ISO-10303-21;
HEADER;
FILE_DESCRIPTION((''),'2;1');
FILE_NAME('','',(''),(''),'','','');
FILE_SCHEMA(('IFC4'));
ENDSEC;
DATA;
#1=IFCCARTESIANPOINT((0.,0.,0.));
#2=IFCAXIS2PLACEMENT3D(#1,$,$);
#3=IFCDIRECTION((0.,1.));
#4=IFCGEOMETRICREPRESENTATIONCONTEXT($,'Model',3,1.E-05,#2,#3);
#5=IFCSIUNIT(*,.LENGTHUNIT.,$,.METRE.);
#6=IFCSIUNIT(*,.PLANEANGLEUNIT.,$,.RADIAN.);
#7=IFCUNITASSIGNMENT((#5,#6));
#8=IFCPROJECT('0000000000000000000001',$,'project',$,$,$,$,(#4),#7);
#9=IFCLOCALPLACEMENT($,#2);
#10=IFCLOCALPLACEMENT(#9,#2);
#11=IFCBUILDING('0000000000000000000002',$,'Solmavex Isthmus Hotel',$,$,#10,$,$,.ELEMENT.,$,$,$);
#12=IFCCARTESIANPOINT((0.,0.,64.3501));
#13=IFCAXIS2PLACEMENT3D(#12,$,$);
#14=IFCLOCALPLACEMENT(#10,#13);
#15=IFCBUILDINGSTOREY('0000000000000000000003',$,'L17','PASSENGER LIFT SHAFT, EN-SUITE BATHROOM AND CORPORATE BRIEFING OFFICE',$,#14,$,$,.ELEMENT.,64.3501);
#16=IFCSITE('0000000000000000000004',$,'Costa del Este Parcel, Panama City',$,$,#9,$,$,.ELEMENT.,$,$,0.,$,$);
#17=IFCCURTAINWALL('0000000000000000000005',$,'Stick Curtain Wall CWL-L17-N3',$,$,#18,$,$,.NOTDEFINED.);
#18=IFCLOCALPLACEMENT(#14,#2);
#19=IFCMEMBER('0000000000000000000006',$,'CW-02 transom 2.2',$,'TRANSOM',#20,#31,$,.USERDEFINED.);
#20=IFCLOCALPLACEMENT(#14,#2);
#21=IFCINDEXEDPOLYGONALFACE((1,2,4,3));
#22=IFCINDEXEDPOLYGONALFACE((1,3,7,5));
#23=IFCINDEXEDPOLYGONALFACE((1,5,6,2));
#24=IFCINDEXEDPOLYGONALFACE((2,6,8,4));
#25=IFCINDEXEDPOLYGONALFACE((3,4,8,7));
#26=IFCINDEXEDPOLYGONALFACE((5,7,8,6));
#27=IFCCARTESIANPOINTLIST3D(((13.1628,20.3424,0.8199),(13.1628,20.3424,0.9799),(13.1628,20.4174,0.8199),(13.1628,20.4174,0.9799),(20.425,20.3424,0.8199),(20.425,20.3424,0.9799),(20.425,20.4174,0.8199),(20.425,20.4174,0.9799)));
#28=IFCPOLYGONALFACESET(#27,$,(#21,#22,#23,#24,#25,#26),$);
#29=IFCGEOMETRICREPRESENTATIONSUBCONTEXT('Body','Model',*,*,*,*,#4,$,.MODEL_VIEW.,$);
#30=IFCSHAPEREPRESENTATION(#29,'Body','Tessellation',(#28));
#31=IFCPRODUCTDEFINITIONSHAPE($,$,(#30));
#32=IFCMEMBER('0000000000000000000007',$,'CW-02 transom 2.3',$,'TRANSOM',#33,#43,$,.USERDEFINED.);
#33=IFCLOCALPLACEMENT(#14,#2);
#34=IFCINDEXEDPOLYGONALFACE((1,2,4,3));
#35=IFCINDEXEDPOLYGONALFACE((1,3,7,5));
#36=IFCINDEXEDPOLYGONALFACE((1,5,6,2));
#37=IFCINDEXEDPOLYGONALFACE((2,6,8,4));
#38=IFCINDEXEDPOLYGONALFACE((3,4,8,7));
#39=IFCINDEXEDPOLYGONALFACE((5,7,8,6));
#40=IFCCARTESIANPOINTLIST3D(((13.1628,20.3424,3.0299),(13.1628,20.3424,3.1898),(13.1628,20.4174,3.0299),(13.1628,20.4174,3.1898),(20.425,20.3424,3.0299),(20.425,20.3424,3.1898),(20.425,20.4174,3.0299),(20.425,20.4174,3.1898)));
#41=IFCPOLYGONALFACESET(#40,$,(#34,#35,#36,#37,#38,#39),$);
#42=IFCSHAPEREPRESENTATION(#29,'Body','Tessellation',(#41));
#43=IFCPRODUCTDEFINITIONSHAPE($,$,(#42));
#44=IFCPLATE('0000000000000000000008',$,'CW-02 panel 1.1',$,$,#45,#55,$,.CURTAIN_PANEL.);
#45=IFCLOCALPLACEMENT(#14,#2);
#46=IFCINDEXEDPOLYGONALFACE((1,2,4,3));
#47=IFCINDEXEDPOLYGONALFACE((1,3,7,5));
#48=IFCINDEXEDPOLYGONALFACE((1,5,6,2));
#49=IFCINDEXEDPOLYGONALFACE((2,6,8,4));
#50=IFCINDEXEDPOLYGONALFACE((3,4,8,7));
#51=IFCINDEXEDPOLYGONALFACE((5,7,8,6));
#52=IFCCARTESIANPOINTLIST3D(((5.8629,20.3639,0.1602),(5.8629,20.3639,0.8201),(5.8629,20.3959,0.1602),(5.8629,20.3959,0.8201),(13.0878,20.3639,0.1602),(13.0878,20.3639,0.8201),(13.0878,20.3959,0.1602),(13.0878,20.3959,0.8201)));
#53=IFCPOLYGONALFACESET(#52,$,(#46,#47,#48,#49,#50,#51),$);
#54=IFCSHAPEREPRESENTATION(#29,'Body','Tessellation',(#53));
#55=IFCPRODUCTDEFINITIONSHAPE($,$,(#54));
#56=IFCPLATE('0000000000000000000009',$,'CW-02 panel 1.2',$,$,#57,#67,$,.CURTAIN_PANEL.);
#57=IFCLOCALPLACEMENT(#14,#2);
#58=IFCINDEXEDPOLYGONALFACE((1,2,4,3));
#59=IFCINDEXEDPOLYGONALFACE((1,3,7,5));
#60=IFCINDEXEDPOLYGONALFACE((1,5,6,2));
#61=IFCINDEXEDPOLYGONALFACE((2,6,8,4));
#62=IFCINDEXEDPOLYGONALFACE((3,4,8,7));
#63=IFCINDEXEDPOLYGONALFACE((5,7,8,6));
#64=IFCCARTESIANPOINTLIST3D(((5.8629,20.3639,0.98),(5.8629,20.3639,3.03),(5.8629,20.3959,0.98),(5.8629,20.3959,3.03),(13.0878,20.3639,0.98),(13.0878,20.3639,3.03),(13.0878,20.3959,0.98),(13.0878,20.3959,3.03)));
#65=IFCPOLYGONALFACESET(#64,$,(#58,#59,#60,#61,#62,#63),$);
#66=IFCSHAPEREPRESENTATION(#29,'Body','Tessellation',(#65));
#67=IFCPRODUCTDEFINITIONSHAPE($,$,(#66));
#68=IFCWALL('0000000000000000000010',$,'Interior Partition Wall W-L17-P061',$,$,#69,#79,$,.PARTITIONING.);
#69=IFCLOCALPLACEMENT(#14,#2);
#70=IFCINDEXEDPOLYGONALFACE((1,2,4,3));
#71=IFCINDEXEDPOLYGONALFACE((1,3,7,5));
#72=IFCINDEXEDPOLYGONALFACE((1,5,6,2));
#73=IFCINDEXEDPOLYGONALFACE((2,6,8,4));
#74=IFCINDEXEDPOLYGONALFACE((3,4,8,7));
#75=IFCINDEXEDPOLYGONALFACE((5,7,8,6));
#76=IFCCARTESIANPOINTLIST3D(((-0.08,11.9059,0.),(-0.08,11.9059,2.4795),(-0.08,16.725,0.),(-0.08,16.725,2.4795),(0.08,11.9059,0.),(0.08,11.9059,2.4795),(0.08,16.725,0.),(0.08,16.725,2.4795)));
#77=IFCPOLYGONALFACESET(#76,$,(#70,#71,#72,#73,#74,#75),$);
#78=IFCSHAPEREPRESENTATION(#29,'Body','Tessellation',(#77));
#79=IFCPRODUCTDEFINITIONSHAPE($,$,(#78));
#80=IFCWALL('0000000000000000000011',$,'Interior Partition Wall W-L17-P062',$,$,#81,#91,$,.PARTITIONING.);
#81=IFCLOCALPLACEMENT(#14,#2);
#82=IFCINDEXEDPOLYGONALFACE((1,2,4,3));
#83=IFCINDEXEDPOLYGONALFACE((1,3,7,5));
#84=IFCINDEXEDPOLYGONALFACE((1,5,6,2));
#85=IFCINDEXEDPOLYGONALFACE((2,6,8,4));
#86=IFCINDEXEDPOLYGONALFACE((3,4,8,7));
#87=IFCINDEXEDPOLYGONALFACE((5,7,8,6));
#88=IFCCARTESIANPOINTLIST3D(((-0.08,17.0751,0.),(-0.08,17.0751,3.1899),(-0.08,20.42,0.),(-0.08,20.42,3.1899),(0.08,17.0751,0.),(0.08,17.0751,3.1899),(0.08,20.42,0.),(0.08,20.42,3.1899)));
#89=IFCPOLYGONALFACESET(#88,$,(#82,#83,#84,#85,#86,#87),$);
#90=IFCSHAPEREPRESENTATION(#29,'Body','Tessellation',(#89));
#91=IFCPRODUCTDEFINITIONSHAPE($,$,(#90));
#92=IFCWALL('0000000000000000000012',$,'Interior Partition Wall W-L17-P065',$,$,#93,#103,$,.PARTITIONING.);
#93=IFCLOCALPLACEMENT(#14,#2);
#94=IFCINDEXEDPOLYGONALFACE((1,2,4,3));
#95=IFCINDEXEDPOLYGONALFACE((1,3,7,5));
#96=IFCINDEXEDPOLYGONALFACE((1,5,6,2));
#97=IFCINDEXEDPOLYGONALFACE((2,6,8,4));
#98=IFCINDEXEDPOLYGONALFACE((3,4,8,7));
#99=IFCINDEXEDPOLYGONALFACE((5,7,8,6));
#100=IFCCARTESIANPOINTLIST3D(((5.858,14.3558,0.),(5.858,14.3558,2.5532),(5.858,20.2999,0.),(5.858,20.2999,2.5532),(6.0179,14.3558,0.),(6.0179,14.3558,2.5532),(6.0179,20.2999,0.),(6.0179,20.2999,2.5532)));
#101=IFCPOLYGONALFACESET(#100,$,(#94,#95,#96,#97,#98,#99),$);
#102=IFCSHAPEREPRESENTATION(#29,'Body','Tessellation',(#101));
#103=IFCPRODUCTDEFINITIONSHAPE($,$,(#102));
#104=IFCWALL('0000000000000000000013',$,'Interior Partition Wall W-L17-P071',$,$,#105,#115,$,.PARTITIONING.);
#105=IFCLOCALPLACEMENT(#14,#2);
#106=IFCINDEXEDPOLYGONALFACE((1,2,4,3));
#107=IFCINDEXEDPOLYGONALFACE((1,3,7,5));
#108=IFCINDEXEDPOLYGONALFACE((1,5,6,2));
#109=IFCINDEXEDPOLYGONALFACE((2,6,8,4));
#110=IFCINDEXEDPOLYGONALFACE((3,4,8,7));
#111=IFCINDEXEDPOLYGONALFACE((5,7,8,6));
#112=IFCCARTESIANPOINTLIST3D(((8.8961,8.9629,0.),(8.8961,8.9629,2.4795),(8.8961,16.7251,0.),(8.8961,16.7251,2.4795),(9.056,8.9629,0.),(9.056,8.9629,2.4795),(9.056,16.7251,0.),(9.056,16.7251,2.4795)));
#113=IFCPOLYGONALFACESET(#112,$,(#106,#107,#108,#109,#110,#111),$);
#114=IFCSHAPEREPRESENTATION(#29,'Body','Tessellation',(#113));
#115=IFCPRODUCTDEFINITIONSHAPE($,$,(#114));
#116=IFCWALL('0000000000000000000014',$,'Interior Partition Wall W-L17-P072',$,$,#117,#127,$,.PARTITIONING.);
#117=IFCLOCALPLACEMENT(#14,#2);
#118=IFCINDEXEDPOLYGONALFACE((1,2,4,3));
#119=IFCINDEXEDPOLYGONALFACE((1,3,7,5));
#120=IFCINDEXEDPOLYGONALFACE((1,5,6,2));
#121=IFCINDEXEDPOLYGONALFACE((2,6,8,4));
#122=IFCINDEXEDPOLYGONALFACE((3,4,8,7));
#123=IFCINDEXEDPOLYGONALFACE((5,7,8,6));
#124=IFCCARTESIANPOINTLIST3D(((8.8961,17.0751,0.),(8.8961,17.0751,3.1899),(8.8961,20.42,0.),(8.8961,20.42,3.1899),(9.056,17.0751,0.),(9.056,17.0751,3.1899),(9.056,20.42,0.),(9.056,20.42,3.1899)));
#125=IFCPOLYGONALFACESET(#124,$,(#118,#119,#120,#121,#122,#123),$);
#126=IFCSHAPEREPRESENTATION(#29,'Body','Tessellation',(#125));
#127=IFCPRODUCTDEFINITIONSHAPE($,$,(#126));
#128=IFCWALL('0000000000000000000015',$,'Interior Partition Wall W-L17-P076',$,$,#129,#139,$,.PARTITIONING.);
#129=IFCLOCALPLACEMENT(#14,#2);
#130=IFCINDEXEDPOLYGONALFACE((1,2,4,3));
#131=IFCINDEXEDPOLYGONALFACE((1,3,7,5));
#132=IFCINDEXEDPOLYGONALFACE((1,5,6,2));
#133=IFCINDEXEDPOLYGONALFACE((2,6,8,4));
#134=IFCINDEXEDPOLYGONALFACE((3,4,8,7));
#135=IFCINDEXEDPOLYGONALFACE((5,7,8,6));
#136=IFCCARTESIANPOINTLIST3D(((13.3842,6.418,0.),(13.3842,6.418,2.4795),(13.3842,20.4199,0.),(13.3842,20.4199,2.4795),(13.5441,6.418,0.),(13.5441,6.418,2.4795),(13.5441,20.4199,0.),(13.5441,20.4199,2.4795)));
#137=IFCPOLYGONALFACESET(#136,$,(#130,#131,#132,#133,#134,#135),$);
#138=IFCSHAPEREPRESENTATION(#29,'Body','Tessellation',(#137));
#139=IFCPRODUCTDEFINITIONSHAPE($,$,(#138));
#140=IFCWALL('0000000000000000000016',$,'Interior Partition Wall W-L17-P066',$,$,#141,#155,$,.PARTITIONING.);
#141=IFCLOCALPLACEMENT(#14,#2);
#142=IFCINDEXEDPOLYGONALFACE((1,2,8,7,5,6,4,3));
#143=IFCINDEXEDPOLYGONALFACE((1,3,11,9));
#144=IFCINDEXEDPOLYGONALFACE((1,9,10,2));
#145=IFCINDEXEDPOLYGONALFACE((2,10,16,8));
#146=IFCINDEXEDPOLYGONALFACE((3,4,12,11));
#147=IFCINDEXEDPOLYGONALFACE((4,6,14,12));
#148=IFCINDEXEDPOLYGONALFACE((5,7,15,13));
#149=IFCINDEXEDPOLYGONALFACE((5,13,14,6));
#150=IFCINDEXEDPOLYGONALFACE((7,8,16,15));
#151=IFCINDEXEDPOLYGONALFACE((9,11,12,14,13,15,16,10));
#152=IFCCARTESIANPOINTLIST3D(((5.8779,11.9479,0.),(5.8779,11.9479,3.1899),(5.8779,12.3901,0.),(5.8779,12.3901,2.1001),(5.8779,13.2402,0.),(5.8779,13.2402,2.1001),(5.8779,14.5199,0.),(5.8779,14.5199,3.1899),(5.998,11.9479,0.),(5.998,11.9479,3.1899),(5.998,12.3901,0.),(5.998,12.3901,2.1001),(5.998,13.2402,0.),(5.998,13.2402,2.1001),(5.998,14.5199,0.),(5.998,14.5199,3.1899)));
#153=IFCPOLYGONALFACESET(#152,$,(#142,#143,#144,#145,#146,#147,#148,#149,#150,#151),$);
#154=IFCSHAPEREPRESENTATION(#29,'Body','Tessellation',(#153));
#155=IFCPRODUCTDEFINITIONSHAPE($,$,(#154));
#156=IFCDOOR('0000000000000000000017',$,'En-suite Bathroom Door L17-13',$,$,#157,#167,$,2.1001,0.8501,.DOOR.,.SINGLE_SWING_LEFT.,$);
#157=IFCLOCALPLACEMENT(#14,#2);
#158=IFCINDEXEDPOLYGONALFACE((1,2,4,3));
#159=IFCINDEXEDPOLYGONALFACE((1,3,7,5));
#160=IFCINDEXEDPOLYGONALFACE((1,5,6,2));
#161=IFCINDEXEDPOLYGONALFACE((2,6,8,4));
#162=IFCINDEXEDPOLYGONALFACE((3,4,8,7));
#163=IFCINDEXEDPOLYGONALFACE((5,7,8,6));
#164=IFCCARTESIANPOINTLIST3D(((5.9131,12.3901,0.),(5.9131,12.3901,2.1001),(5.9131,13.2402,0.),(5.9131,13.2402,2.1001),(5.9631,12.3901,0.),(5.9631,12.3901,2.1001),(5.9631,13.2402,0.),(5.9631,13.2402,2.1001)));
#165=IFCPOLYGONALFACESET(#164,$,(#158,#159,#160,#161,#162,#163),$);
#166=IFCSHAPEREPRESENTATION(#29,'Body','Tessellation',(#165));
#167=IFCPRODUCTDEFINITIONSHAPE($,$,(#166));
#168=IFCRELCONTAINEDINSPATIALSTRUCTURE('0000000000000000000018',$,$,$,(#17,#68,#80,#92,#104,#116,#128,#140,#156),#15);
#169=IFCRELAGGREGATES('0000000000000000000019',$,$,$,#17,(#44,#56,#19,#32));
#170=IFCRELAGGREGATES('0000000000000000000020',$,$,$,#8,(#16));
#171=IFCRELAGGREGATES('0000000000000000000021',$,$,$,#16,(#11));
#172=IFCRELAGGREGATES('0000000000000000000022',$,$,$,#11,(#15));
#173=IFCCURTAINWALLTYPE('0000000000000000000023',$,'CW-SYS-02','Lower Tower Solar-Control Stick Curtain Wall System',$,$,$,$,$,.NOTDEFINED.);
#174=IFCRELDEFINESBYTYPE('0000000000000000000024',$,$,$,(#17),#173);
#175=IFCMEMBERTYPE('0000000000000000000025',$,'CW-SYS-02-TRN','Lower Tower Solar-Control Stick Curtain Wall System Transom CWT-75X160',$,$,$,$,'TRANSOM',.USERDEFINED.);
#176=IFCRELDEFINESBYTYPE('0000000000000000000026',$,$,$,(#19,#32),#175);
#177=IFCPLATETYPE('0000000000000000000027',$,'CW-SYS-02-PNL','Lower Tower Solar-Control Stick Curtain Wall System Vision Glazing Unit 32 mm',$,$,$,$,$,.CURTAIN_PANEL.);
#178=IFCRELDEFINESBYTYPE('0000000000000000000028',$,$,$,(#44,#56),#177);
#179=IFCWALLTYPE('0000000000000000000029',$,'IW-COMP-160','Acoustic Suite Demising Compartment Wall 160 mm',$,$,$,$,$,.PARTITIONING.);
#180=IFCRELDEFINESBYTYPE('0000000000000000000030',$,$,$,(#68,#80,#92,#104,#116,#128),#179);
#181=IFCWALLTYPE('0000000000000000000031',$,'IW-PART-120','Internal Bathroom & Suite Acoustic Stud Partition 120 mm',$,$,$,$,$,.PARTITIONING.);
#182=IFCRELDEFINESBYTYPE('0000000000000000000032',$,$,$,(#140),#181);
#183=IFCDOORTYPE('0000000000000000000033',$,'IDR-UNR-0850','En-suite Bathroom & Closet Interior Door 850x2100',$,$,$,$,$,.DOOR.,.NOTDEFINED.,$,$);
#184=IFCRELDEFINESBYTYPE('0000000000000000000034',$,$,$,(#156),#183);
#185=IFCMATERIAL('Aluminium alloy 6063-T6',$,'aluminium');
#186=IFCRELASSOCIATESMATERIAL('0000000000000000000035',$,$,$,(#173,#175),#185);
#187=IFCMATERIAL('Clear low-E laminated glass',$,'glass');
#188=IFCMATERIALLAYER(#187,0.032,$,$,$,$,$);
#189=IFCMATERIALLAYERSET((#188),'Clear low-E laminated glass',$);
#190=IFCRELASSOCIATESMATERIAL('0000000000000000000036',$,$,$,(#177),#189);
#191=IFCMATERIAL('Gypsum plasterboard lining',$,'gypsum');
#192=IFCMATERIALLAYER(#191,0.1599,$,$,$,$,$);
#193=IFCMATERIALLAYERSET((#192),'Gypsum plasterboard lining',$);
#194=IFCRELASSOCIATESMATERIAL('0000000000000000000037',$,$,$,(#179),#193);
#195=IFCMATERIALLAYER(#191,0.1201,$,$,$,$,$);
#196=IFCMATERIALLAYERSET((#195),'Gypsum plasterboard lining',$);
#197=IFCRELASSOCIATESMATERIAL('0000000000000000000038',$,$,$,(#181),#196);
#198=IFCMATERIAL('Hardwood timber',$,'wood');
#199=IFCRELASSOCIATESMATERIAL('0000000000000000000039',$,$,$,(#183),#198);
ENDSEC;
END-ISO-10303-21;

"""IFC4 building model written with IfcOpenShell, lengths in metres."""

from ifc_helpers import new_model, si_unit, direction, frame, frame_2d, origin, origin_2d, place, context, subcontext, project, spatial, rectangle, extrude, material, layer, layer_set, material_profile, profile_set, type_object, element, fill, aggregate, save


model = new_model("IFC4")

# Units and contexts
model_context = context("Model", 3, precision=1e-05, world=origin(), true_north=direction((0.0, 1.0)))
body_context = subcontext(model_context, "Body", "Model", "MODEL_VIEW")
ifc_project = project(units=[si_unit("LENGTHUNIT", "METRE"), si_unit("PLANEANGLEUNIT", "RADIAN")], contexts=[model_context])

# Site, building, storey
site_placement = place(None, origin())
site = spatial("IfcSite", under=ifc_project, at=site_placement, Name="Costa del Este Parcel, Panama City", CompositionType="ELEMENT", RefElevation=0.0)
building_placement = place(site_placement, origin())
building = spatial("IfcBuilding", under=site, at=building_placement, Name="Solmavex Isthmus Hotel", CompositionType="ELEMENT")
storey_placement = place(building_placement, frame((0.0, 0.0, 64.3501)))
storey = spatial("IfcBuildingStorey", under=building, at=storey_placement, Name="L17", Description="PASSENGER LIFT SHAFT, EN-SUITE BATHROOM AND CORPORATE BRIEFING OFFICE", CompositionType="ELEMENT", Elevation=64.3501)

# Shared definitions
ifc_material_1 = material(Name="Aluminium alloy 6063-T6", Category="aluminium")
curtain_wall_type = type_object("IfcCurtainWallType", Name="CW-SYS-02", Description="Lower Tower Solar-Control Stick Curtain Wall System", PredefinedType="NOTDEFINED", material=ifc_material_1)

# Curtain wall, members, plates
curtain_wall_1_placement = place(storey_placement, origin())
curtain_wall_1 = element("IfcCurtainWall", 1, at=curtain_wall_1_placement, inside=storey, type_object=curtain_wall_type, Name="Stick Curtain Wall CWL-L17-N3", PredefinedType="NOTDEFINED")
ifc_material_profile_1 = material_profile(ifc_material_1, rectangle(XDim=0.075, YDim=0.1599, at=origin_2d()), Name="CWT-75X160")
ifc_profile_set_1 = profile_set([ifc_material_profile_1], Name="Aluminium alloy 6063-T6")
member_type_1 = type_object("IfcMemberType", Name="CW-SYS-02-TRN", Description="Lower Tower Solar-Control Stick Curtain Wall System Transom CWT-75X160", ElementType="TRANSOM", PredefinedType="USERDEFINED", material=ifc_profile_set_1)
member_1_placement = place(storey_placement, frame((13.1628, 20.3799, 0.8999), z_axis=(1.0, 0.0, 0.0), x_axis=(0.0, 1.0, 0.0)))
member_1 = element("IfcMember", 2, at=member_1_placement, type_object=member_type_1, Name="CW-02 transom 2.2", ObjectType="TRANSOM", PredefinedType="USERDEFINED", context=body_context, shape_type="SweptSolid", body=[
    extrude(rectangle(XDim=0.075, YDim=0.1599, at=origin_2d()), origin(), (0.0, 0.0, 1.0), 7.2622),
])
member_2_placement = place(storey_placement, frame((13.1628, 20.3799, 3.1099), z_axis=(1.0, 0.0, 0.0), x_axis=(0.0, 1.0, 0.0)))
member_2 = element("IfcMember", 3, at=member_2_placement, type_object=member_type_1, Name="CW-02 transom 2.3", ObjectType="TRANSOM", PredefinedType="USERDEFINED", context=body_context, shape_type="SweptSolid", body=[
    extrude(rectangle(XDim=0.075, YDim=0.1599, at=origin_2d()), origin(), (0.0, 0.0, 1.0), 7.2622),
])
ifc_material_2 = material(Name="Clear low-E laminated glass", Category="glass")
ifc_layer_1 = layer(ifc_material_2, 0.032)
ifc_layer_set_1 = layer_set([ifc_layer_1], Name="Clear low-E laminated glass")
plate_type = type_object("IfcPlateType", Name="CW-SYS-02-PNL", Description="Lower Tower Solar-Control Stick Curtain Wall System Vision Glazing Unit 32 mm", PredefinedType="CURTAIN_PANEL", material=ifc_layer_set_1)
plate_1_placement = place(storey_placement, frame((9.4753, 20.3799, 0.1602), z_axis=(0.0, 0.0, 1.0), x_axis=(1.0, 0.0, 0.0)))
plate_1 = element("IfcPlate", 4, at=plate_1_placement, type_object=plate_type, Name="CW-02 panel 1.1", PredefinedType="CURTAIN_PANEL", context=body_context, shape_type="SweptSolid", body=[
    extrude(rectangle(XDim=7.2249, YDim=0.032, at=origin_2d()), origin(), (0.0, 0.0, 1.0), 0.6599),
])
plate_2_placement = place(storey_placement, frame((9.4753, 20.3799, 0.98), z_axis=(0.0, 0.0, 1.0), x_axis=(1.0, 0.0, 0.0)))
plate_2 = element("IfcPlate", 5, at=plate_2_placement, type_object=plate_type, Name="CW-02 panel 1.2", PredefinedType="CURTAIN_PANEL", context=body_context, shape_type="SweptSolid", body=[
    extrude(rectangle(XDim=7.2249, YDim=0.032, at=origin_2d()), origin(), (0.0, 0.0, 1.0), 2.05),
])
aggregate(curtain_wall_1, [plate_1, plate_2, member_1, member_2])

# Walls
ifc_material_3 = material(Name="Gypsum plasterboard lining", Category="gypsum")
ifc_layer_2 = layer(ifc_material_3, 0.1599)
ifc_layer_set_2 = layer_set([ifc_layer_2], Name="Gypsum plasterboard lining")
wall_type_1 = type_object("IfcWallType", Name="IW-COMP-160", Description="Acoustic Suite Demising Compartment Wall 160 mm", PredefinedType="PARTITIONING", material=ifc_layer_set_2)
wall_1_placement = place(storey_placement, frame((0.0, 16.7251, 0.0), z_axis=(0.0, 0.0, 1.0), x_axis=(0.0, -1.0, 0.0)))
element("IfcWall", 6, at=wall_1_placement, inside=storey, type_object=wall_type_1, Name="Interior Partition Wall W-L17-P061", PredefinedType="PARTITIONING", context=body_context, shape_type="SweptSolid", body=[
    extrude(rectangle(XDim=4.8191, YDim=0.1599, at=frame_2d((2.4097, 0.0))), origin(), (0.0, 0.0, 1.0), 2.4795),
])
wall_2_placement = place(storey_placement, frame((0.0, 20.4199, 0.0), z_axis=(0.0, 0.0, 1.0), x_axis=(0.0, -1.0, 0.0)))
element("IfcWall", 7, at=wall_2_placement, inside=storey, type_object=wall_type_1, Name="Interior Partition Wall W-L17-P062", PredefinedType="PARTITIONING", context=body_context, shape_type="SweptSolid", body=[
    extrude(rectangle(XDim=3.345, YDim=0.1599, at=frame_2d((1.6724, 0.0))), origin(), (0.0, 0.0, 1.0), 3.1899),
])
wall_3_placement = place(storey_placement, frame((5.938, 20.3, 0.0), z_axis=(0.0, 0.0, 1.0), x_axis=(0.0, -1.0, 0.0)))
element("IfcWall", 8, at=wall_3_placement, inside=storey, type_object=wall_type_1, Name="Interior Partition Wall W-L17-P065", PredefinedType="PARTITIONING", context=body_context, shape_type="SweptSolid", body=[
    extrude(rectangle(XDim=5.9441, YDim=0.1599, at=frame_2d((2.9722, 0.0))), origin(), (0.0, 0.0, 1.0), 2.5532),
])
wall_4_placement = place(storey_placement, frame((8.9761, 16.7251, 0.0), z_axis=(0.0, 0.0, 1.0), x_axis=(0.0, -1.0, 0.0)))
element("IfcWall", 9, at=wall_4_placement, inside=storey, type_object=wall_type_1, Name="Interior Partition Wall W-L17-P071", PredefinedType="PARTITIONING", context=body_context, shape_type="SweptSolid", body=[
    extrude(rectangle(XDim=7.7622, YDim=0.1599, at=frame_2d((3.8811, 0.0))), origin(), (0.0, 0.0, 1.0), 2.4795),
])
wall_5_placement = place(storey_placement, frame((8.9761, 20.4199, 0.0), z_axis=(0.0, 0.0, 1.0), x_axis=(0.0, -1.0, 0.0)))
element("IfcWall", 10, at=wall_5_placement, inside=storey, type_object=wall_type_1, Name="Interior Partition Wall W-L17-P072", PredefinedType="PARTITIONING", context=body_context, shape_type="SweptSolid", body=[
    extrude(rectangle(XDim=3.345, YDim=0.1599, at=frame_2d((1.6724, 0.0))), origin(), (0.0, 0.0, 1.0), 3.1899),
])
wall_6_placement = place(storey_placement, frame((13.4641, 20.4199, 0.0), z_axis=(0.0, 0.0, 1.0), x_axis=(0.0, -1.0, 0.0)))
element("IfcWall", 11, at=wall_6_placement, inside=storey, type_object=wall_type_1, Name="Interior Partition Wall W-L17-P076", PredefinedType="PARTITIONING", context=body_context, shape_type="SweptSolid", body=[
    extrude(rectangle(XDim=14.002, YDim=0.1599, at=frame_2d((7.001, 0.0))), origin(), (0.0, 0.0, 1.0), 2.4795),
])

# Wall, opening, door
ifc_layer_3 = layer(ifc_material_3, 0.1201)
ifc_layer_set_3 = layer_set([ifc_layer_3], Name="Gypsum plasterboard lining")
wall_type_2 = type_object("IfcWallType", Name="IW-PART-120", Description="Internal Bathroom & Suite Acoustic Stud Partition 120 mm", PredefinedType="PARTITIONING", material=ifc_layer_set_3)
wall_7_placement = place(storey_placement, frame((5.938, 14.52, 0.0), z_axis=(0.0, 0.0, 1.0), x_axis=(0.0, -1.0, 0.0)))
wall_7 = element("IfcWall", 12, at=wall_7_placement, inside=storey, type_object=wall_type_2, Name="Interior Partition Wall W-L17-P066", PredefinedType="PARTITIONING", context=body_context, shape_type="SweptSolid", body=[
    extrude(rectangle(XDim=2.572, YDim=0.1201, at=frame_2d((1.2861, 0.0))), origin(), (0.0, 0.0, 1.0), 3.1899),
])
opening_1_placement = place(wall_7_placement, frame((1.2798, 0.0, 0.0)))
opening_1 = element("IfcOpeningElement", 13, at=opening_1_placement, cuts=wall_7, PredefinedType="OPENING", context=body_context, shape_type="SweptSolid", body=[
    extrude(rectangle(XDim=0.8501, YDim=2.1001, at=frame_2d((0.425, 1.05))), frame((0.0, 0.0701, 0.0), z_axis=(0.0, -1.0, 0.0), x_axis=(1.0, 0.0, 0.0)), (0.0, 0.0, 1.0), 0.1401),
])
ifc_material_4 = material(Name="Hardwood timber", Category="wood")
door_type_1 = type_object("IfcDoorType", Name="IDR-UNR-0850", Description="En-suite Bathroom & Closet Interior Door 850x2100", OperationType="NOTDEFINED", PredefinedType="DOOR", material=ifc_material_4)
door_1_placement = place(opening_1_placement, frame((0.8501, 0.0, 0.0), z_axis=(0.0, 0.0, 1.0), x_axis=(-1.0, 0.0, 0.0)))
door_1 = element("IfcDoor", 14, at=door_1_placement, inside=storey, type_object=door_type_1, Name="En-suite Bathroom Door L17-13", OperationType="SINGLE_SWING_LEFT", OverallHeight=2.1001, OverallWidth=0.8501, PredefinedType="DOOR", context=body_context, shape_type="SweptSolid", body=[
    extrude(rectangle(XDim=0.8501, YDim=2.1001, at=frame_2d((0.425, 1.05))), frame((0.0, 0.0249, 0.0), z_axis=(0.0, -1.0, 0.0), x_axis=(1.0, 0.0, 0.0)), (0.0, 0.0, 1.0), 0.05),
])
fill(opening_1, door_1)

save(model, "model.ifc")
